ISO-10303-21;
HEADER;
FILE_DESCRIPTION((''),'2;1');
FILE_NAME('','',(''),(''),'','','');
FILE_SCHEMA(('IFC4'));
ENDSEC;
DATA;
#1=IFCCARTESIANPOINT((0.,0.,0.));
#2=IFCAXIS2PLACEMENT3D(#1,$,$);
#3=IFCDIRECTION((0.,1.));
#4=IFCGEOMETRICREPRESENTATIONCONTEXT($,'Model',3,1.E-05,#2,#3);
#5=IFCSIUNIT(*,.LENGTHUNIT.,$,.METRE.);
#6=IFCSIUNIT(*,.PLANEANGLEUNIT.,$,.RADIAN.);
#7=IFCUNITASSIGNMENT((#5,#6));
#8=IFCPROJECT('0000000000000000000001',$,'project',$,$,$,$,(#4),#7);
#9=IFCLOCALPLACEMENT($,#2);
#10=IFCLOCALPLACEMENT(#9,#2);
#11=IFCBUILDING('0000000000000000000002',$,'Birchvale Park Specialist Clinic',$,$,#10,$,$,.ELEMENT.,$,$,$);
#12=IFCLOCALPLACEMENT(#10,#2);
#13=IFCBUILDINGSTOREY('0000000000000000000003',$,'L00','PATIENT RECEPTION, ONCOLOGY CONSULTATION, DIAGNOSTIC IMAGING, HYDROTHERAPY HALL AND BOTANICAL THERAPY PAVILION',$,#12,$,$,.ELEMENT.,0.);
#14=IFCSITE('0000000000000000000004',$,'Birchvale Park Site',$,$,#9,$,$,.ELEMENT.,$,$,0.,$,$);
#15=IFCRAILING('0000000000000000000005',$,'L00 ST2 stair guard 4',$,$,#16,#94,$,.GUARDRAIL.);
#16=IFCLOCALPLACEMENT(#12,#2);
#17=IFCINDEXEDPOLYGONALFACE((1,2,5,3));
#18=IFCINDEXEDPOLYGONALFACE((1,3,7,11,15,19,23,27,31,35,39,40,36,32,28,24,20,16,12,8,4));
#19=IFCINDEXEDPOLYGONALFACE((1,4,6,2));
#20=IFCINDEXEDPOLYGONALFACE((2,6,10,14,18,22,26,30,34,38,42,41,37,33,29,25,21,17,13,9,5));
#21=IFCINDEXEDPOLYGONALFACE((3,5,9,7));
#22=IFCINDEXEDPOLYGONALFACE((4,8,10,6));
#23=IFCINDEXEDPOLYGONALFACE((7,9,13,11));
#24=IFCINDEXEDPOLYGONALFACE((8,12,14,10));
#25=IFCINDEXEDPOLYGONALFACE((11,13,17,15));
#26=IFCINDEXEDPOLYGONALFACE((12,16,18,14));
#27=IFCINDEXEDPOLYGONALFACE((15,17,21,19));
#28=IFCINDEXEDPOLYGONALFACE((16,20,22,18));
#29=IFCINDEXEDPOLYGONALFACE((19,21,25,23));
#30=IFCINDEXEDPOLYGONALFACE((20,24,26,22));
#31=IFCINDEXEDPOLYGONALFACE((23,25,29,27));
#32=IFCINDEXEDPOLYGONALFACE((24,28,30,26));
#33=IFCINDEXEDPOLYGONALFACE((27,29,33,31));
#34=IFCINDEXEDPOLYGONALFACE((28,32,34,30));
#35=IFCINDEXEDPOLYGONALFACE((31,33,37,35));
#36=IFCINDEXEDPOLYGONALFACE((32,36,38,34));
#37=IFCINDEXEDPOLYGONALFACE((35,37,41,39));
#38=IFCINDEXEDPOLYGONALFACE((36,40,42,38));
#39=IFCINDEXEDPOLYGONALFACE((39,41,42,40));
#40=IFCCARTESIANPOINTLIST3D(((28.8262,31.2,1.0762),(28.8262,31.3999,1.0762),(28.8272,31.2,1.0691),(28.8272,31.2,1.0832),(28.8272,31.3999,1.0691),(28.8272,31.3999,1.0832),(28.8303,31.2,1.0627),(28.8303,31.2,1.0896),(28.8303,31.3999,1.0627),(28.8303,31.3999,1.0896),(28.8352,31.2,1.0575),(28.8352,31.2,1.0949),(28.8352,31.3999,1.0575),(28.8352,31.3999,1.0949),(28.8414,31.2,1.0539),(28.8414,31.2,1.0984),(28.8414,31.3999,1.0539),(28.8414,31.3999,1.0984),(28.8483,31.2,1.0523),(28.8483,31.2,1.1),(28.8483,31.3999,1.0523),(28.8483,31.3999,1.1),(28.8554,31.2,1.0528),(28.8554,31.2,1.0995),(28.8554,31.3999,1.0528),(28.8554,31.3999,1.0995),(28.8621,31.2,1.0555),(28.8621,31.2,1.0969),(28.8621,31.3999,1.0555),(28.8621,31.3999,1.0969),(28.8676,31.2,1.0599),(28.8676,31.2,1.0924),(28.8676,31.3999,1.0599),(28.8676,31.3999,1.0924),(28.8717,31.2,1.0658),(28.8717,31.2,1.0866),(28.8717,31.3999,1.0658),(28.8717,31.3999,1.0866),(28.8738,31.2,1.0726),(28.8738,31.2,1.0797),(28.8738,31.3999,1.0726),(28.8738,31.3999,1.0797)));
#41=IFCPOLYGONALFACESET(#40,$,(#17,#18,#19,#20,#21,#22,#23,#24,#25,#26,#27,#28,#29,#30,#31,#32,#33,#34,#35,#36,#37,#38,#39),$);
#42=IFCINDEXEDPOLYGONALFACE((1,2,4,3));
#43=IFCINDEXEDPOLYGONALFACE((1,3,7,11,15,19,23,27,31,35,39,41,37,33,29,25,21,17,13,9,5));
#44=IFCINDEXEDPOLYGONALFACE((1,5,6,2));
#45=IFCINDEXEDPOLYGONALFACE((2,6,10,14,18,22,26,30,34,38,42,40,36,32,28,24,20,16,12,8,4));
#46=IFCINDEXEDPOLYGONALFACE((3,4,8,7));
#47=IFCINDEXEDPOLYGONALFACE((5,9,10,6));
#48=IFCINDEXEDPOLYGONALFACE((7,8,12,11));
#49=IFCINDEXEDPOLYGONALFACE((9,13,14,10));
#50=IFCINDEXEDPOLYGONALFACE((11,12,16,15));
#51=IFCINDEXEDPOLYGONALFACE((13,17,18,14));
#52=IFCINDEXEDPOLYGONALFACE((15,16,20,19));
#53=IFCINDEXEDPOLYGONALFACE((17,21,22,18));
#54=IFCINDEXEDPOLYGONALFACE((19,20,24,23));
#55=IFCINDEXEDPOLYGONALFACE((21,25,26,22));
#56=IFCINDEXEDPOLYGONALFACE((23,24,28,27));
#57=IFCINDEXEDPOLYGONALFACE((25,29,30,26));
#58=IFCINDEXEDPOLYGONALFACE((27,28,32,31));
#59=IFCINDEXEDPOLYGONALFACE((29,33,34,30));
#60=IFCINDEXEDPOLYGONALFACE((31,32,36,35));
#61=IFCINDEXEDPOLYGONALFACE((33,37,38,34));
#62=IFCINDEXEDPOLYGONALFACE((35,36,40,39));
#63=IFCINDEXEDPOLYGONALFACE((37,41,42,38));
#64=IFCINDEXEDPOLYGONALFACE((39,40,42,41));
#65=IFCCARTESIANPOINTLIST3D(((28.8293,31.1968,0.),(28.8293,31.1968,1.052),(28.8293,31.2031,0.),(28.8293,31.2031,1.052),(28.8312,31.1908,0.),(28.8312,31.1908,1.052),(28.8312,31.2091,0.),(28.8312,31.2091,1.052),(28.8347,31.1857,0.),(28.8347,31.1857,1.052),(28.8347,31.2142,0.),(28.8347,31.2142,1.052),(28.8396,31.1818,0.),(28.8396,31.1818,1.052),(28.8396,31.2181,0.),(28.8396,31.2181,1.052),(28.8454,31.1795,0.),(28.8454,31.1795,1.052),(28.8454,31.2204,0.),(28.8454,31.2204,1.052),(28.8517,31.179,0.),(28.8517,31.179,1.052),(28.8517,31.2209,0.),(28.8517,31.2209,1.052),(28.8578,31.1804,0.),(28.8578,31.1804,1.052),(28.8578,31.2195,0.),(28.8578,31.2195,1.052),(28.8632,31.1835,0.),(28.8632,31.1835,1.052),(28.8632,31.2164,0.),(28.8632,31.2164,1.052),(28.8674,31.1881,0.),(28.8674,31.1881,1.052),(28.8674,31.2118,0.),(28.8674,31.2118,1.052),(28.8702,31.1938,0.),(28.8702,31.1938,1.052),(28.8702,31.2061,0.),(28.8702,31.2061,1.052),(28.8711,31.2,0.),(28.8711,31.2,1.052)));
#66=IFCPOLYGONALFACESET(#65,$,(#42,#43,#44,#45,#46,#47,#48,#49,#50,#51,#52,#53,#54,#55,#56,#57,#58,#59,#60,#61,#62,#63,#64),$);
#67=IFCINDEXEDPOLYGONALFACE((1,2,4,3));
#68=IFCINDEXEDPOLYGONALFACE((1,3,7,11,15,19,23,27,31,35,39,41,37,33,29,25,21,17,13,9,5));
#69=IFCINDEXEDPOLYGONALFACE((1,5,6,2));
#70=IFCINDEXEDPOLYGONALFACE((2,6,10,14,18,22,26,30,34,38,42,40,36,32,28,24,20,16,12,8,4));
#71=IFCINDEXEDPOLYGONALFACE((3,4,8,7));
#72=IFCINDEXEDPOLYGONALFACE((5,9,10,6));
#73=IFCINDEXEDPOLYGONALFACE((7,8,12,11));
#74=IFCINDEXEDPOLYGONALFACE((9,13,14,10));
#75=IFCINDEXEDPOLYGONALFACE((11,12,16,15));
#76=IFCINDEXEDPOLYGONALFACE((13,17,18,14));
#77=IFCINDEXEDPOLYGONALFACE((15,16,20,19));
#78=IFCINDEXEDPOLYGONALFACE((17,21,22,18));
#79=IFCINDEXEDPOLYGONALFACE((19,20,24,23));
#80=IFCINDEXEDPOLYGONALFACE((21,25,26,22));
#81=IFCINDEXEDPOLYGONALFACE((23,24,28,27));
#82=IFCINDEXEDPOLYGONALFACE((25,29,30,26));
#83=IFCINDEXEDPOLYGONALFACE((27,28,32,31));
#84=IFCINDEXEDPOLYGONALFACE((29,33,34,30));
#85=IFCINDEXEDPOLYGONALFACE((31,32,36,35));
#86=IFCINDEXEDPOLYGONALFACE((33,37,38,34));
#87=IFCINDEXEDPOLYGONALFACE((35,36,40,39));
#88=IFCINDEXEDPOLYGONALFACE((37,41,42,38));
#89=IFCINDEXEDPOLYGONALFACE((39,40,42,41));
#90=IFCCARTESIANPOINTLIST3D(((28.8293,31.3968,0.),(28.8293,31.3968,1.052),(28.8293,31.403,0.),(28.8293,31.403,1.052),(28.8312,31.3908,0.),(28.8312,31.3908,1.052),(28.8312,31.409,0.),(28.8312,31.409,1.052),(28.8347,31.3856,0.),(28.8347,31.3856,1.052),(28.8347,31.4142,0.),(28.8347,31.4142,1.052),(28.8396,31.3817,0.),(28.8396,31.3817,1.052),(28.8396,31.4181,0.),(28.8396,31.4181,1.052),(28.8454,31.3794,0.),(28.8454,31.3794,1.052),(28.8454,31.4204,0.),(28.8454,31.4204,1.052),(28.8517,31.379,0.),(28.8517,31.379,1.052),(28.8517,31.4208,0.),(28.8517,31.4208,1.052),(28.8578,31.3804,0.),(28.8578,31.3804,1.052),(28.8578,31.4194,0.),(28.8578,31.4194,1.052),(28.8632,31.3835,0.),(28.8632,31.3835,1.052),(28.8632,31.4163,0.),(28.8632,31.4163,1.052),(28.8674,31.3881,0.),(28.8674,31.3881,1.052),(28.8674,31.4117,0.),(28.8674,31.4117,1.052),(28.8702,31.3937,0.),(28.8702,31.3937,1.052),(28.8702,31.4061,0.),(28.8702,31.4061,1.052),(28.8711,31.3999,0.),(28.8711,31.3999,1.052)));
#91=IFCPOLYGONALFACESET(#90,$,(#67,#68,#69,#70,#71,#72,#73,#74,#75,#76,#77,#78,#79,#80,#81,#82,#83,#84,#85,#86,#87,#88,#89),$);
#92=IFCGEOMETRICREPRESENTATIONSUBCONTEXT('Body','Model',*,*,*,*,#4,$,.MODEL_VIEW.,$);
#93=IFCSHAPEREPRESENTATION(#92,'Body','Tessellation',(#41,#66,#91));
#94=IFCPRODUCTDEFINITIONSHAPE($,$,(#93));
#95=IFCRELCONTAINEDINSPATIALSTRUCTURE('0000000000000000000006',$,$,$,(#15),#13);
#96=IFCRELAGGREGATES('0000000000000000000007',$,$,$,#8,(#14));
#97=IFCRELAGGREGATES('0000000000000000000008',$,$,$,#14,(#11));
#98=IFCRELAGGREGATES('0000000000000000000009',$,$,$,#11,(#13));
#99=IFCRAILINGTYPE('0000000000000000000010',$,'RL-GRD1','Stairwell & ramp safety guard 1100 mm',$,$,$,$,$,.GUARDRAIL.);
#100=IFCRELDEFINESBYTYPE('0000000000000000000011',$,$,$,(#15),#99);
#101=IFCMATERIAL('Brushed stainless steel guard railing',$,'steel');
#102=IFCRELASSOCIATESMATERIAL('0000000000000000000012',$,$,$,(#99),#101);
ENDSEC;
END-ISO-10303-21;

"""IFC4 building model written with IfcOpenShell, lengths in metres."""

from ifc_helpers import new_model, si_unit, direction, frame, origin, origin_2d, place, context, subcontext, project, spatial, circle, extrude, material, type_object, element, save


model = new_model("IFC4")

# Units and contexts
model_context = context("Model", 3, precision=1e-05, world=origin(), true_north=direction((0.0, 1.0)))
body_context = subcontext(model_context, "Body", "Model", "MODEL_VIEW")
ifc_project = project(units=[si_unit("LENGTHUNIT", "METRE"), si_unit("PLANEANGLEUNIT", "RADIAN")], contexts=[model_context])

# Site, building, storey
site_placement = place(None, origin())
site = spatial("IfcSite", under=ifc_project, at=site_placement, Name="Birchvale Park Site", CompositionType="ELEMENT", RefElevation=0.0)
building_placement = place(site_placement, origin())
building = spatial("IfcBuilding", under=site, at=building_placement, Name="Birchvale Park Specialist Clinic", CompositionType="ELEMENT")
storey_placement = place(building_placement, origin())
storey = spatial("IfcBuildingStorey", under=building, at=storey_placement, Name="L00", Description="PATIENT RECEPTION, ONCOLOGY CONSULTATION, DIAGNOSTIC IMAGING, HYDROTHERAPY HALL AND BOTANICAL THERAPY PAVILION", CompositionType="ELEMENT", Elevation=0.0)

# Railing
ifc_material_1 = material(Name="Brushed stainless steel guard railing", Category="steel")
railing_type_1 = type_object("IfcRailingType", Name="RL-GRD1", Description="Stairwell & ramp safety guard 1100 mm", PredefinedType="GUARDRAIL", material=ifc_material_1)
railing_1_placement = place(storey_placement, frame((28.8501, 31.2, 0.0)))
element("IfcRailing", 1, at=railing_1_placement, inside=storey, type_object=railing_type_1, Name="L00 ST2 stair guard 4", PredefinedType="GUARDRAIL", context=body_context, shape_type="SweptSolid", body=[
    extrude(circle(Radius=0.0239, at=origin_2d()), frame((0.0, 0.0, 1.0762), z_axis=(0.0, 1.0, 0.0), x_axis=(-1.0, 0.0, 0.0)), (0.0, 0.0, 1.0), 0.2),
    extrude(circle(Radius=0.021, at=origin_2d()), origin(), (0.0, 0.0, 1.0), 1.052),
    extrude(circle(Radius=0.021, at=origin_2d()), frame((0.0, 0.2, 0.0)), (0.0, 0.0, 1.0), 1.052),
])

save(model, "model.ifc")
